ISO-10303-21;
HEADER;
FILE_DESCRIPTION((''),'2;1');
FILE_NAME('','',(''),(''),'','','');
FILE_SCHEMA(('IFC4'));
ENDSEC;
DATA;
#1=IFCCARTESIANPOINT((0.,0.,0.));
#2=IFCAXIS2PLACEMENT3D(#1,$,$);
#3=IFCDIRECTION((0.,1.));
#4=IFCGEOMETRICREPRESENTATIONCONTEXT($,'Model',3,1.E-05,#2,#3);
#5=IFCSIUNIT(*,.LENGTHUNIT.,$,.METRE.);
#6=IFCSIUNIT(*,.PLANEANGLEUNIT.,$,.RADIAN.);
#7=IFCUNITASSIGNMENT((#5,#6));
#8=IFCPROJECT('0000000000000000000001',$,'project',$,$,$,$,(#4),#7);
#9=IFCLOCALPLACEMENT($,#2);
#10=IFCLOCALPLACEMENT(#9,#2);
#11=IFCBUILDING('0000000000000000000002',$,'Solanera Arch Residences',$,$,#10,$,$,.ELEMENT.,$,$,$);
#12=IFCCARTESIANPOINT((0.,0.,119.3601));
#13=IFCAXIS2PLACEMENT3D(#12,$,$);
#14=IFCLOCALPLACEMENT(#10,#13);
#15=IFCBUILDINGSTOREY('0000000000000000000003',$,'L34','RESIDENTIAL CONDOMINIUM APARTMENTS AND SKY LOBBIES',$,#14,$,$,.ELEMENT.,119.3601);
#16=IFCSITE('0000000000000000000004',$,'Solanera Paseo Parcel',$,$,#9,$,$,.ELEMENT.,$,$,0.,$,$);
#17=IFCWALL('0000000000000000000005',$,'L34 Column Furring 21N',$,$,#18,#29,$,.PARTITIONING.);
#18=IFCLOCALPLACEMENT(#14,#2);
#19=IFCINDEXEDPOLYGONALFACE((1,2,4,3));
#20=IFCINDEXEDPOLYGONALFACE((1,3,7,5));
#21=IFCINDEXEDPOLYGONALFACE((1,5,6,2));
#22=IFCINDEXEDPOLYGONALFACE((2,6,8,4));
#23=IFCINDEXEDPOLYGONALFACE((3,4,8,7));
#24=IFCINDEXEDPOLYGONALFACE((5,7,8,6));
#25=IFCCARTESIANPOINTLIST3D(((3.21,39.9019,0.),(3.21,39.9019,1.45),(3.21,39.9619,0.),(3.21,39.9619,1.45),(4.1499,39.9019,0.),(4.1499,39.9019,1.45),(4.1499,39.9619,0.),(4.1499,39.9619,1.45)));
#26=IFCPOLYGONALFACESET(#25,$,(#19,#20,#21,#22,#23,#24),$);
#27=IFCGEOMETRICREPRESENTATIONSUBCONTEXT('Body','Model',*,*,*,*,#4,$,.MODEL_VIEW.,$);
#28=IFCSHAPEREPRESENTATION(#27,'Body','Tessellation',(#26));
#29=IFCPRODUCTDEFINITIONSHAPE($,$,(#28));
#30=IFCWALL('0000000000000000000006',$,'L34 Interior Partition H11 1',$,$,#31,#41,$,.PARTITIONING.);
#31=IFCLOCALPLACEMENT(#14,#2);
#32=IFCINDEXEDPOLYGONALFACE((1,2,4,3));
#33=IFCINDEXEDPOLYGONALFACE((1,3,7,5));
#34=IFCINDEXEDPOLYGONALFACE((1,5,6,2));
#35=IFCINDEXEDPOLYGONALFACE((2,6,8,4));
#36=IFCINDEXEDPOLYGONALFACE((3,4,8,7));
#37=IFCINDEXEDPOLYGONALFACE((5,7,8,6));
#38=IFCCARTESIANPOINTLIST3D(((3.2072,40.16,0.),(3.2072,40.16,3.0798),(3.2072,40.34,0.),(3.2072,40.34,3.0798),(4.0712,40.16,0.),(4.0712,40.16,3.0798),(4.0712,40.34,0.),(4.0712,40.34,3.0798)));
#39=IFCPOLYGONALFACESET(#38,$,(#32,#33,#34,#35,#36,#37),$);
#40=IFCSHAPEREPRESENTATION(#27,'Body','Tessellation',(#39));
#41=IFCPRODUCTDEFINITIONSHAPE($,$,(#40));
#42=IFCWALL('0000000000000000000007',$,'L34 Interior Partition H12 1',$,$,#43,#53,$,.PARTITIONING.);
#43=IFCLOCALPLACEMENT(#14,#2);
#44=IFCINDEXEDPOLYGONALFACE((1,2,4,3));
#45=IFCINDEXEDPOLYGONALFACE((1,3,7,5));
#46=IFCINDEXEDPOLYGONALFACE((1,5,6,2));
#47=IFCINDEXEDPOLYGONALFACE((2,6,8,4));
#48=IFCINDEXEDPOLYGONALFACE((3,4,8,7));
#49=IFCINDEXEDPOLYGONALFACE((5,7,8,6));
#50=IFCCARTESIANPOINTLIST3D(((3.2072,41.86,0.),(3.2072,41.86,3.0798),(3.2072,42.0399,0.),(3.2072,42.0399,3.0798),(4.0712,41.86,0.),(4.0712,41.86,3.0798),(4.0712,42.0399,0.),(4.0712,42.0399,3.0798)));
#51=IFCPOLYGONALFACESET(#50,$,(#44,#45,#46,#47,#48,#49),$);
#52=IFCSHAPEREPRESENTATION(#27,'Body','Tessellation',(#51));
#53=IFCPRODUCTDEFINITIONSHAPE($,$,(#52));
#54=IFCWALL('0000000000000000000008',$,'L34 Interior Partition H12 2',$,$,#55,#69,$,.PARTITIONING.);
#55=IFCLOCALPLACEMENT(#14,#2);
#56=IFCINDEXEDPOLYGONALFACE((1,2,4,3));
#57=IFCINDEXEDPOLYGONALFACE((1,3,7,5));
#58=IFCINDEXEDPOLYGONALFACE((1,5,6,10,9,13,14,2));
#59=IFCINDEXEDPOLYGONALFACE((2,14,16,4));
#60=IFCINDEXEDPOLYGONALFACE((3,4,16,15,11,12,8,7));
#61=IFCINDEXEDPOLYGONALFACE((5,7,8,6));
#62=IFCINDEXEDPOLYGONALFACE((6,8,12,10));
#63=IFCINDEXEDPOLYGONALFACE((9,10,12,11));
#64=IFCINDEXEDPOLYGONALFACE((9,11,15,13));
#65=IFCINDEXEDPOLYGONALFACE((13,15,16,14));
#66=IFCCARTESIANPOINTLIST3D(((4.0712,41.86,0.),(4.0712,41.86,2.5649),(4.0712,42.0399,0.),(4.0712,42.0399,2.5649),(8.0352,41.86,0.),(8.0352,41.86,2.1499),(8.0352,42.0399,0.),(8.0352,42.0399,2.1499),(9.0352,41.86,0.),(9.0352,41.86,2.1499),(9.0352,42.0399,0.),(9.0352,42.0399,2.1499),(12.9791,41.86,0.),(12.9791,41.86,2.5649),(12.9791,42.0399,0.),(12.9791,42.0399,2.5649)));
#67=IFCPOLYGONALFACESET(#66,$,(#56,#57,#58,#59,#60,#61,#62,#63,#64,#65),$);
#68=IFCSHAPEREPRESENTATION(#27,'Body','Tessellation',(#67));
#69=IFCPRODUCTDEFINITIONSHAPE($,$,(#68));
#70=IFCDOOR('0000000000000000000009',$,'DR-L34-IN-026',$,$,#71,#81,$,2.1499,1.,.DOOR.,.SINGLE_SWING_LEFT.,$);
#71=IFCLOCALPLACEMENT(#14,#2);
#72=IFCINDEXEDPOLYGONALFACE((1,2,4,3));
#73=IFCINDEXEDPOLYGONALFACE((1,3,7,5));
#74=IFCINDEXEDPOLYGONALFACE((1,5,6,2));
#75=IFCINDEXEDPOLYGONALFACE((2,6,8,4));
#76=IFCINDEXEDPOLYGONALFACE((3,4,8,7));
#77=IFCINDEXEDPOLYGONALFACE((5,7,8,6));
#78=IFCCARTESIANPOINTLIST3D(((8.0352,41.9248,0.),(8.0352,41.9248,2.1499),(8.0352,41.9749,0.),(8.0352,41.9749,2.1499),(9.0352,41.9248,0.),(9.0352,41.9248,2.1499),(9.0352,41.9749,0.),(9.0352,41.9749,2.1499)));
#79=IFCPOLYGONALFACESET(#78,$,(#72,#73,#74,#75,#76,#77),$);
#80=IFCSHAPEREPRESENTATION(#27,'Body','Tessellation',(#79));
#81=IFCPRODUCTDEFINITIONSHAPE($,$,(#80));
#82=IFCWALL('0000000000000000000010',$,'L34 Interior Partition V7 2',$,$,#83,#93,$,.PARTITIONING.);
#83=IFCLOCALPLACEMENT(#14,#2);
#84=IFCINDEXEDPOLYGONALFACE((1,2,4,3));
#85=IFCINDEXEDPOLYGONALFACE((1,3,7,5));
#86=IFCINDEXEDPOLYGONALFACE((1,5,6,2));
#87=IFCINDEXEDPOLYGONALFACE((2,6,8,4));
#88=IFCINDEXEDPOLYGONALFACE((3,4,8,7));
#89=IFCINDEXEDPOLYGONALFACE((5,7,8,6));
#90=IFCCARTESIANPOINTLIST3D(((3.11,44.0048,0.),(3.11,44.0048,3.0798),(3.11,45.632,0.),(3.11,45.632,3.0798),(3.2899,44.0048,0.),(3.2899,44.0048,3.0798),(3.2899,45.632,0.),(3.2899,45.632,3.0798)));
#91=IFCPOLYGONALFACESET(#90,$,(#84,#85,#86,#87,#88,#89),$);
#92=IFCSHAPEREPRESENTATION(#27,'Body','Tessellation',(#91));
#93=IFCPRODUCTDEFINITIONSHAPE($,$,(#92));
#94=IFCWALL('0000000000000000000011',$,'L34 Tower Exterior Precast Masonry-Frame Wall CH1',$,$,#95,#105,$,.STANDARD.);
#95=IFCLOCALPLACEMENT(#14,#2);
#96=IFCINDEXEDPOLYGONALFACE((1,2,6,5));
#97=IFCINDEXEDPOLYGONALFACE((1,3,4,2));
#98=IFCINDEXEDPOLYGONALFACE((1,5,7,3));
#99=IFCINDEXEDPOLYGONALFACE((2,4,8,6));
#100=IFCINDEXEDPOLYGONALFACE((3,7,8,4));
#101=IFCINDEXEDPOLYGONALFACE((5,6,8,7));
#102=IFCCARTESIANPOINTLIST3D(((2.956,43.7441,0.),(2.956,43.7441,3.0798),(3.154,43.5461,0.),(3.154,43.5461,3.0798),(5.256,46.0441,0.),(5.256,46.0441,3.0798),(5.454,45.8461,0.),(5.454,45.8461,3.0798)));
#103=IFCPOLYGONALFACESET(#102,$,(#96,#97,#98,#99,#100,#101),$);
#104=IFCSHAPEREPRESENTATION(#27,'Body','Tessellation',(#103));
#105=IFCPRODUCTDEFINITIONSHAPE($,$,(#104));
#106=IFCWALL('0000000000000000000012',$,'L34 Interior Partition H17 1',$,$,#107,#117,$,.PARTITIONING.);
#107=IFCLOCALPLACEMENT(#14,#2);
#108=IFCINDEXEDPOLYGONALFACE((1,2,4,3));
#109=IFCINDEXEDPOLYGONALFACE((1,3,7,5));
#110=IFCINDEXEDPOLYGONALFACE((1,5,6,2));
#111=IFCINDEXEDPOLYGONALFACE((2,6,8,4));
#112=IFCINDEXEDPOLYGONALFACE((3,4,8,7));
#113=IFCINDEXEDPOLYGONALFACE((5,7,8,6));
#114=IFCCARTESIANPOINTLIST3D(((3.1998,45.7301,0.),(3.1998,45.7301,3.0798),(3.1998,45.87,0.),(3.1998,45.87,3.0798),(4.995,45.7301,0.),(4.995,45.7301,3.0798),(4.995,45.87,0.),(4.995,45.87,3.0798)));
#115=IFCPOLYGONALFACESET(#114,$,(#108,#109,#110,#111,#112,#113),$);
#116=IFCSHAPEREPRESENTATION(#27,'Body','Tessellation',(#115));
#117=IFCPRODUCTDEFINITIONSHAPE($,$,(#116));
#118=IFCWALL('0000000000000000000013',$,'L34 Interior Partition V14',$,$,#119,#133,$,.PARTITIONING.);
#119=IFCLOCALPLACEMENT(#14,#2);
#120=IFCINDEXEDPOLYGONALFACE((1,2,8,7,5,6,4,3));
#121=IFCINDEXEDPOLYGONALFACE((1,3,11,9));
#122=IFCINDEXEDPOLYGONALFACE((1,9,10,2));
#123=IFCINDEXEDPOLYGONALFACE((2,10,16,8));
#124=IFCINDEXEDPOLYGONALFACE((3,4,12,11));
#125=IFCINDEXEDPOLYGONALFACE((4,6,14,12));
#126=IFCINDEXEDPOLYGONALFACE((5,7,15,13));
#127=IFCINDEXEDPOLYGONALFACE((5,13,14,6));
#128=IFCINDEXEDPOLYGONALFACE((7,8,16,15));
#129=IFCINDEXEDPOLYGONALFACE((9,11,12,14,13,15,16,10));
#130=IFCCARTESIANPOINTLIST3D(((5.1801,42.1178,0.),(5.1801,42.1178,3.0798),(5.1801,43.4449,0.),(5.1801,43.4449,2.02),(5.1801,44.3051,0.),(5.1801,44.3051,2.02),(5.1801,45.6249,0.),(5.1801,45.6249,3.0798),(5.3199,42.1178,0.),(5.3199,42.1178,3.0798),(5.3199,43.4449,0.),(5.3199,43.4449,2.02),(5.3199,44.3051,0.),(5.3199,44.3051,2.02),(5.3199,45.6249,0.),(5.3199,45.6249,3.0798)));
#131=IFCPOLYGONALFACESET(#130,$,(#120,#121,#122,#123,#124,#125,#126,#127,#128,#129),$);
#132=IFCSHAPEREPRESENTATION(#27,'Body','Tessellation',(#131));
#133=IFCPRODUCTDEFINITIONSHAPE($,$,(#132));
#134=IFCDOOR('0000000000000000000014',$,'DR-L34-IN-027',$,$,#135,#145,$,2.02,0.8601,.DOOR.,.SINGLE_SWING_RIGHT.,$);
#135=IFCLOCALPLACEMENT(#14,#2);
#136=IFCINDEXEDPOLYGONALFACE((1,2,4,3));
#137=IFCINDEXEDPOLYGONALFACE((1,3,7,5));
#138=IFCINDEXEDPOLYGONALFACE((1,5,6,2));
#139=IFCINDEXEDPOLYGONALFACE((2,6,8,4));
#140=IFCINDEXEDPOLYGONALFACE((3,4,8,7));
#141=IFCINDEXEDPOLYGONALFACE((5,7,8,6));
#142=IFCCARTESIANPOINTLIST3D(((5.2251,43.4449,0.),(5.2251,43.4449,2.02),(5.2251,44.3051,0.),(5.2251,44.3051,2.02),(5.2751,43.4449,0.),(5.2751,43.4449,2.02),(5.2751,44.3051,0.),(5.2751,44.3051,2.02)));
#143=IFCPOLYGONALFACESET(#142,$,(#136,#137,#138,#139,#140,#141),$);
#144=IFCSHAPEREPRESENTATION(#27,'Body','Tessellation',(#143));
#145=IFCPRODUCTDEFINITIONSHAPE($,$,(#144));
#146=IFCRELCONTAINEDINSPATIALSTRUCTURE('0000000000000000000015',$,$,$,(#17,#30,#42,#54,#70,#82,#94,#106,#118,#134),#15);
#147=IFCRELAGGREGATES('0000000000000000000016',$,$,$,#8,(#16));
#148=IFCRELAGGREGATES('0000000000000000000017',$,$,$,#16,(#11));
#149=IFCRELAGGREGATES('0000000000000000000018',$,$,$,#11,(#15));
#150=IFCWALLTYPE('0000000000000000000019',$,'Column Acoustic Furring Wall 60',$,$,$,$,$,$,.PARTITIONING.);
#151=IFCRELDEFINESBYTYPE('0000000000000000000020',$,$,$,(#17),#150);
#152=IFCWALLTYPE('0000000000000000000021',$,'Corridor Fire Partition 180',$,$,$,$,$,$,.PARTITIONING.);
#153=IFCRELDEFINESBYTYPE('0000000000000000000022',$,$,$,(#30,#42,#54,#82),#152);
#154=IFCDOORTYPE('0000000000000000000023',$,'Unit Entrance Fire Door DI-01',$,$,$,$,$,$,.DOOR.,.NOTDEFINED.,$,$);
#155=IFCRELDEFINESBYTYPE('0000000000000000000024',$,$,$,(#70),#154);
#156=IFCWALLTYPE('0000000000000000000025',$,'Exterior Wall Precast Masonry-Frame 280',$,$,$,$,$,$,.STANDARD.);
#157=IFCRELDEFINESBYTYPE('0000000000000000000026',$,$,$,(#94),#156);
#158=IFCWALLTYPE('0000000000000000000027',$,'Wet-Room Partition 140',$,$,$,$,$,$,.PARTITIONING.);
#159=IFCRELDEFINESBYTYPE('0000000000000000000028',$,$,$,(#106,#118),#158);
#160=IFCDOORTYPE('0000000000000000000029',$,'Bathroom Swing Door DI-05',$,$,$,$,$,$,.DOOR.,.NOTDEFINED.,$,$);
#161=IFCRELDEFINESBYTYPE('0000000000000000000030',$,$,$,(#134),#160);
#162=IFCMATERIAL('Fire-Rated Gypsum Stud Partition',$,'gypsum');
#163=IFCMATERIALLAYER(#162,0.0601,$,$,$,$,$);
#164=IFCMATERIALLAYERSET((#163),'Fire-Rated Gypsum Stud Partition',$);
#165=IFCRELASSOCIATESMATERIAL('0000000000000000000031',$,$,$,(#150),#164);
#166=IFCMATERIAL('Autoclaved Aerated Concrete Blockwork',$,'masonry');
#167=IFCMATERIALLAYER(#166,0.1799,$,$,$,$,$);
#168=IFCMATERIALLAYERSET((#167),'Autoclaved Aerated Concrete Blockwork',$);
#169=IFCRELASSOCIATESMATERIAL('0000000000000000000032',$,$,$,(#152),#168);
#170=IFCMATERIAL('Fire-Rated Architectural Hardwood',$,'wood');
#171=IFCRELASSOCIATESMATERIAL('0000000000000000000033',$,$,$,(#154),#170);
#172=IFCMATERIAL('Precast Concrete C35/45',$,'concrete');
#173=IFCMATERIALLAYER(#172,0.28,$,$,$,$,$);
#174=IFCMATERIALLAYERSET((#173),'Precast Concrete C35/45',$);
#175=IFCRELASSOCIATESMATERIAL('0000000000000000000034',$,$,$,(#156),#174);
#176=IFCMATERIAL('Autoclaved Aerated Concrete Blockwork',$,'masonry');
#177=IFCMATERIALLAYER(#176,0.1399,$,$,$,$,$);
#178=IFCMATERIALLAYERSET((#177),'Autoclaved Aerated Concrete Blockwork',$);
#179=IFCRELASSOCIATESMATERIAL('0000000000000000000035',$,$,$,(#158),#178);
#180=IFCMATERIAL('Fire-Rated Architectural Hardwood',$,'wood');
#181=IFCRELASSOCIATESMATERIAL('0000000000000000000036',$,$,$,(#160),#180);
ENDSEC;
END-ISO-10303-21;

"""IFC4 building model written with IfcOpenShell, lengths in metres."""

from ifc_helpers import new_model, si_unit, direction, frame, frame_2d, origin, place, context, subcontext, project, spatial, rectangle, extrude, material, layer, layer_set, type_object, element, fill, save


model = new_model("IFC4")

# Units and contexts
model_context = context("Model", 3, precision=1e-05, world=origin(), true_north=direction((0.0, 1.0)))
body_context = subcontext(model_context, "Body", "Model", "MODEL_VIEW")
ifc_project = project(units=[si_unit("LENGTHUNIT", "METRE"), si_unit("PLANEANGLEUNIT", "RADIAN")], contexts=[model_context])

# Site, building, storey
site_placement = place(None, origin())
site = spatial("IfcSite", under=ifc_project, at=site_placement, Name="Solanera Paseo Parcel", CompositionType="ELEMENT", RefElevation=0.0)
building_placement = place(site_placement, origin())
building = spatial("IfcBuilding", under=site, at=building_placement, Name="Solanera Arch Residences", CompositionType="ELEMENT")
storey_placement = place(building_placement, frame((0.0, 0.0, 119.3601)))
storey = spatial("IfcBuildingStorey", under=building, at=storey_placement, Name="L34", Description="RESIDENTIAL CONDOMINIUM APARTMENTS AND SKY LOBBIES", CompositionType="ELEMENT", Elevation=119.3601)

# Walls
ifc_material_1 = material(Name="Fire-Rated Gypsum Stud Partition", Category="gypsum")
ifc_layer_1 = layer(ifc_material_1, 0.0601)
ifc_layer_set_1 = layer_set([ifc_layer_1], Name="Fire-Rated Gypsum Stud Partition")
wall_type_1 = type_object("IfcWallType", Name="Column Acoustic Furring Wall 60", PredefinedType="PARTITIONING", material=ifc_layer_set_1)
wall_1_placement = place(storey_placement, frame((3.21, 39.9319, 0.0), z_axis=(0.0, 0.0, 1.0), x_axis=(1.0, 0.0, 0.0)))
element("IfcWall", 1, at=wall_1_placement, inside=storey, type_object=wall_type_1, Name="L34 Column Furring 21N", PredefinedType="PARTITIONING", context=body_context, shape_type="SweptSolid", body=[
    extrude(rectangle(XDim=0.9399, YDim=0.0601, at=frame_2d((0.47, 0.0))), origin(), (0.0, 0.0, 1.0), 1.45),
])
ifc_material_2 = material(Name="Autoclaved Aerated Concrete Blockwork", Category="masonry")
ifc_layer_2 = layer(ifc_material_2, 0.1799)
ifc_layer_set_2 = layer_set([ifc_layer_2], Name="Autoclaved Aerated Concrete Blockwork")
wall_type_2 = type_object("IfcWallType", Name="Corridor Fire Partition 180", PredefinedType="PARTITIONING", material=ifc_layer_set_2)
wall_2_placement = place(storey_placement, frame((3.207, 40.25, 0.0), z_axis=(0.0, 0.0, 1.0), x_axis=(1.0, 0.0, 0.0)))
element("IfcWall", 2, at=wall_2_placement, inside=storey, type_object=wall_type_2, Name="L34 Interior Partition H11 1", PredefinedType="PARTITIONING", context=body_context, shape_type="SweptSolid", body=[
    extrude(rectangle(XDim=0.864, YDim=0.1799, at=frame_2d((0.4321, 0.0))), origin(), (0.0, 0.0, 1.0), 3.0798),
])

# Wall
wall_3_placement = place(storey_placement, frame((3.207, 41.95, 0.0), z_axis=(0.0, 0.0, 1.0), x_axis=(1.0, 0.0, 0.0)))
element("IfcWall", 3, at=wall_3_placement, inside=storey, type_object=wall_type_2, Name="L34 Interior Partition H12 1", PredefinedType="PARTITIONING", context=body_context, shape_type="SweptSolid", body=[
    extrude(rectangle(XDim=0.864, YDim=0.1799, at=frame_2d((0.4321, 0.0))), origin(), (0.0, 0.0, 1.0), 3.0798),
])

# Wall, opening, door
wall_4_placement = place(storey_placement, frame((4.071, 41.95, 0.0), z_axis=(0.0, 0.0, 1.0), x_axis=(1.0, 0.0, 0.0)))
wall_4 = element("IfcWall", 4, at=wall_4_placement, inside=storey, type_object=wall_type_2, Name="L34 Interior Partition H12 2", PredefinedType="PARTITIONING", context=body_context, shape_type="SweptSolid", body=[
    extrude(rectangle(XDim=8.908, YDim=0.1799, at=frame_2d((4.4541, 0.0))), origin(), (0.0, 0.0, 1.0), 2.5649),
])
opening_1_placement = place(wall_4_placement, frame((3.9641, 0.0, 0.0)))
opening_1 = element("IfcOpeningElement", 5, at=opening_1_placement, cuts=wall_4, PredefinedType="OPENING", context=body_context, shape_type="SweptSolid", body=[
    extrude(rectangle(XDim=1.0, YDim=2.1499, at=frame_2d((0.5, 1.075))), frame((0.0, 0.1001, 0.0), z_axis=(0.0, -1.0, 0.0), x_axis=(1.0, 0.0, 0.0)), (0.0, 0.0, 1.0), 0.1999),
])
ifc_material_3 = material(Name="Fire-Rated Architectural Hardwood", Category="wood")
door_type_1 = type_object("IfcDoorType", Name="Unit Entrance Fire Door DI-01", OperationType="NOTDEFINED", PredefinedType="DOOR", material=ifc_material_3)
door_1_placement = place(opening_1_placement, origin())
door_1 = element("IfcDoor", 6, at=door_1_placement, inside=storey, type_object=door_type_1, Name="DR-L34-IN-026", OperationType="SINGLE_SWING_LEFT", OverallHeight=2.1499, OverallWidth=1.0, PredefinedType="DOOR", context=body_context, shape_type="SweptSolid", body=[
    extrude(rectangle(XDim=1.0, YDim=2.1499, at=frame_2d((0.5, 1.075))), frame((0.0, 0.0249, 0.0), z_axis=(0.0, -1.0, 0.0), x_axis=(1.0, 0.0, 0.0)), (0.0, 0.0, 1.0), 0.05),
])
fill(opening_1, door_1)

# Walls
wall_5_placement = place(storey_placement, frame((3.2, 44.0049, 0.0), z_axis=(0.0, 0.0, 1.0), x_axis=(0.0, 1.0, 0.0)))
element("IfcWall", 7, at=wall_5_placement, inside=storey, type_object=wall_type_2, Name="L34 Interior Partition V7 2", PredefinedType="PARTITIONING", context=body_context, shape_type="SweptSolid", body=[
    extrude(rectangle(XDim=1.6272, YDim=0.1799, at=frame_2d((0.8135, 0.0))), origin(), (0.0, 0.0, 1.0), 3.0798),
])
ifc_material_4 = material(Name="Precast Concrete C35/45", Category="concrete")
ifc_layer_3 = layer(ifc_material_4, 0.28)
ifc_layer_set_3 = layer_set([ifc_layer_3], Name="Precast Concrete C35/45")
wall_type_3 = type_object("IfcWallType", Name="Exterior Wall Precast Masonry-Frame 280", PredefinedType="STANDARD", material=ifc_layer_set_3)
wall_6_placement = place(storey_placement, frame((3.0549, 43.645, 0.0), z_axis=(0.0, 0.0, 1.0), x_axis=(0.707107, 0.707107, 0.0)))
element("IfcWall", 8, at=wall_6_placement, inside=storey, type_object=wall_type_3, Name="L34 Tower Exterior Precast Masonry-Frame Wall CH1", PredefinedType="STANDARD", context=body_context, shape_type="SweptSolid", body=[
    extrude(rectangle(XDim=3.2527, YDim=0.28, at=frame_2d((1.6265, 0.0))), origin(), (0.0, 0.0, 1.0), 3.0798),
])
ifc_material_5 = material(Name="Autoclaved Aerated Concrete Blockwork", Category="masonry")
ifc_layer_4 = layer(ifc_material_5, 0.1399)
ifc_layer_set_4 = layer_set([ifc_layer_4], Name="Autoclaved Aerated Concrete Blockwork")
wall_type_4 = type_object("IfcWallType", Name="Wet-Room Partition 140", PredefinedType="PARTITIONING", material=ifc_layer_set_4)
wall_7_placement = place(storey_placement, frame((3.2, 45.8, 0.0), z_axis=(0.0, 0.0, 1.0), x_axis=(1.0, 0.0, 0.0)))
element("IfcWall", 9, at=wall_7_placement, inside=storey, type_object=wall_type_4, Name="L34 Interior Partition H17 1", PredefinedType="PARTITIONING", context=body_context, shape_type="SweptSolid", body=[
    extrude(rectangle(XDim=1.7952, YDim=0.1399, at=frame_2d((0.8975, 0.0))), origin(), (0.0, 0.0, 1.0), 3.0798),
])

# Wall, opening, door
wall_8_placement = place(storey_placement, frame((5.25, 42.1179, 0.0), z_axis=(0.0, 0.0, 1.0), x_axis=(0.0, 1.0, 0.0)))
wall_8 = element("IfcWall", 10, at=wall_8_placement, inside=storey, type_object=wall_type_4, Name="L34 Interior Partition V14", PredefinedType="PARTITIONING", context=body_context, shape_type="SweptSolid", body=[
    extrude(rectangle(XDim=3.5071, YDim=0.1399, at=frame_2d((1.7534, 0.0))), origin(), (0.0, 0.0, 1.0), 3.0798),
])
opening_2_placement = place(wall_8_placement, frame((1.3269, 0.0, 0.0)))
opening_2 = element("IfcOpeningElement", 11, at=opening_2_placement, cuts=wall_8, PredefinedType="OPENING", context=body_context, shape_type="SweptSolid", body=[
    extrude(rectangle(XDim=0.8601, YDim=2.02, at=frame_2d((0.4302, 1.01))), frame((0.0, 0.0798, 0.0), z_axis=(0.0, -1.0, 0.0), x_axis=(1.0, 0.0, 0.0)), (0.0, 0.0, 1.0), 0.1599),
])
ifc_material_6 = material(Name="Fire-Rated Architectural Hardwood", Category="wood")
door_type_2 = type_object("IfcDoorType", Name="Bathroom Swing Door DI-05", OperationType="NOTDEFINED", PredefinedType="DOOR", material=ifc_material_6)
door_2_placement = place(opening_2_placement, origin())
door_2 = element("IfcDoor", 12, at=door_2_placement, inside=storey, type_object=door_type_2, Name="DR-L34-IN-027", OperationType="SINGLE_SWING_RIGHT", OverallHeight=2.02, OverallWidth=0.8601, PredefinedType="DOOR", context=body_context, shape_type="SweptSolid", body=[
    extrude(rectangle(XDim=0.8601, YDim=2.02, at=frame_2d((0.4302, 1.01))), frame((0.0, 0.0249, 0.0), z_axis=(0.0, -1.0, 0.0), x_axis=(1.0, 0.0, 0.0)), (0.0, 0.0, 1.0), 0.05),
])
fill(opening_2, door_2)

save(model, "model.ifc")
